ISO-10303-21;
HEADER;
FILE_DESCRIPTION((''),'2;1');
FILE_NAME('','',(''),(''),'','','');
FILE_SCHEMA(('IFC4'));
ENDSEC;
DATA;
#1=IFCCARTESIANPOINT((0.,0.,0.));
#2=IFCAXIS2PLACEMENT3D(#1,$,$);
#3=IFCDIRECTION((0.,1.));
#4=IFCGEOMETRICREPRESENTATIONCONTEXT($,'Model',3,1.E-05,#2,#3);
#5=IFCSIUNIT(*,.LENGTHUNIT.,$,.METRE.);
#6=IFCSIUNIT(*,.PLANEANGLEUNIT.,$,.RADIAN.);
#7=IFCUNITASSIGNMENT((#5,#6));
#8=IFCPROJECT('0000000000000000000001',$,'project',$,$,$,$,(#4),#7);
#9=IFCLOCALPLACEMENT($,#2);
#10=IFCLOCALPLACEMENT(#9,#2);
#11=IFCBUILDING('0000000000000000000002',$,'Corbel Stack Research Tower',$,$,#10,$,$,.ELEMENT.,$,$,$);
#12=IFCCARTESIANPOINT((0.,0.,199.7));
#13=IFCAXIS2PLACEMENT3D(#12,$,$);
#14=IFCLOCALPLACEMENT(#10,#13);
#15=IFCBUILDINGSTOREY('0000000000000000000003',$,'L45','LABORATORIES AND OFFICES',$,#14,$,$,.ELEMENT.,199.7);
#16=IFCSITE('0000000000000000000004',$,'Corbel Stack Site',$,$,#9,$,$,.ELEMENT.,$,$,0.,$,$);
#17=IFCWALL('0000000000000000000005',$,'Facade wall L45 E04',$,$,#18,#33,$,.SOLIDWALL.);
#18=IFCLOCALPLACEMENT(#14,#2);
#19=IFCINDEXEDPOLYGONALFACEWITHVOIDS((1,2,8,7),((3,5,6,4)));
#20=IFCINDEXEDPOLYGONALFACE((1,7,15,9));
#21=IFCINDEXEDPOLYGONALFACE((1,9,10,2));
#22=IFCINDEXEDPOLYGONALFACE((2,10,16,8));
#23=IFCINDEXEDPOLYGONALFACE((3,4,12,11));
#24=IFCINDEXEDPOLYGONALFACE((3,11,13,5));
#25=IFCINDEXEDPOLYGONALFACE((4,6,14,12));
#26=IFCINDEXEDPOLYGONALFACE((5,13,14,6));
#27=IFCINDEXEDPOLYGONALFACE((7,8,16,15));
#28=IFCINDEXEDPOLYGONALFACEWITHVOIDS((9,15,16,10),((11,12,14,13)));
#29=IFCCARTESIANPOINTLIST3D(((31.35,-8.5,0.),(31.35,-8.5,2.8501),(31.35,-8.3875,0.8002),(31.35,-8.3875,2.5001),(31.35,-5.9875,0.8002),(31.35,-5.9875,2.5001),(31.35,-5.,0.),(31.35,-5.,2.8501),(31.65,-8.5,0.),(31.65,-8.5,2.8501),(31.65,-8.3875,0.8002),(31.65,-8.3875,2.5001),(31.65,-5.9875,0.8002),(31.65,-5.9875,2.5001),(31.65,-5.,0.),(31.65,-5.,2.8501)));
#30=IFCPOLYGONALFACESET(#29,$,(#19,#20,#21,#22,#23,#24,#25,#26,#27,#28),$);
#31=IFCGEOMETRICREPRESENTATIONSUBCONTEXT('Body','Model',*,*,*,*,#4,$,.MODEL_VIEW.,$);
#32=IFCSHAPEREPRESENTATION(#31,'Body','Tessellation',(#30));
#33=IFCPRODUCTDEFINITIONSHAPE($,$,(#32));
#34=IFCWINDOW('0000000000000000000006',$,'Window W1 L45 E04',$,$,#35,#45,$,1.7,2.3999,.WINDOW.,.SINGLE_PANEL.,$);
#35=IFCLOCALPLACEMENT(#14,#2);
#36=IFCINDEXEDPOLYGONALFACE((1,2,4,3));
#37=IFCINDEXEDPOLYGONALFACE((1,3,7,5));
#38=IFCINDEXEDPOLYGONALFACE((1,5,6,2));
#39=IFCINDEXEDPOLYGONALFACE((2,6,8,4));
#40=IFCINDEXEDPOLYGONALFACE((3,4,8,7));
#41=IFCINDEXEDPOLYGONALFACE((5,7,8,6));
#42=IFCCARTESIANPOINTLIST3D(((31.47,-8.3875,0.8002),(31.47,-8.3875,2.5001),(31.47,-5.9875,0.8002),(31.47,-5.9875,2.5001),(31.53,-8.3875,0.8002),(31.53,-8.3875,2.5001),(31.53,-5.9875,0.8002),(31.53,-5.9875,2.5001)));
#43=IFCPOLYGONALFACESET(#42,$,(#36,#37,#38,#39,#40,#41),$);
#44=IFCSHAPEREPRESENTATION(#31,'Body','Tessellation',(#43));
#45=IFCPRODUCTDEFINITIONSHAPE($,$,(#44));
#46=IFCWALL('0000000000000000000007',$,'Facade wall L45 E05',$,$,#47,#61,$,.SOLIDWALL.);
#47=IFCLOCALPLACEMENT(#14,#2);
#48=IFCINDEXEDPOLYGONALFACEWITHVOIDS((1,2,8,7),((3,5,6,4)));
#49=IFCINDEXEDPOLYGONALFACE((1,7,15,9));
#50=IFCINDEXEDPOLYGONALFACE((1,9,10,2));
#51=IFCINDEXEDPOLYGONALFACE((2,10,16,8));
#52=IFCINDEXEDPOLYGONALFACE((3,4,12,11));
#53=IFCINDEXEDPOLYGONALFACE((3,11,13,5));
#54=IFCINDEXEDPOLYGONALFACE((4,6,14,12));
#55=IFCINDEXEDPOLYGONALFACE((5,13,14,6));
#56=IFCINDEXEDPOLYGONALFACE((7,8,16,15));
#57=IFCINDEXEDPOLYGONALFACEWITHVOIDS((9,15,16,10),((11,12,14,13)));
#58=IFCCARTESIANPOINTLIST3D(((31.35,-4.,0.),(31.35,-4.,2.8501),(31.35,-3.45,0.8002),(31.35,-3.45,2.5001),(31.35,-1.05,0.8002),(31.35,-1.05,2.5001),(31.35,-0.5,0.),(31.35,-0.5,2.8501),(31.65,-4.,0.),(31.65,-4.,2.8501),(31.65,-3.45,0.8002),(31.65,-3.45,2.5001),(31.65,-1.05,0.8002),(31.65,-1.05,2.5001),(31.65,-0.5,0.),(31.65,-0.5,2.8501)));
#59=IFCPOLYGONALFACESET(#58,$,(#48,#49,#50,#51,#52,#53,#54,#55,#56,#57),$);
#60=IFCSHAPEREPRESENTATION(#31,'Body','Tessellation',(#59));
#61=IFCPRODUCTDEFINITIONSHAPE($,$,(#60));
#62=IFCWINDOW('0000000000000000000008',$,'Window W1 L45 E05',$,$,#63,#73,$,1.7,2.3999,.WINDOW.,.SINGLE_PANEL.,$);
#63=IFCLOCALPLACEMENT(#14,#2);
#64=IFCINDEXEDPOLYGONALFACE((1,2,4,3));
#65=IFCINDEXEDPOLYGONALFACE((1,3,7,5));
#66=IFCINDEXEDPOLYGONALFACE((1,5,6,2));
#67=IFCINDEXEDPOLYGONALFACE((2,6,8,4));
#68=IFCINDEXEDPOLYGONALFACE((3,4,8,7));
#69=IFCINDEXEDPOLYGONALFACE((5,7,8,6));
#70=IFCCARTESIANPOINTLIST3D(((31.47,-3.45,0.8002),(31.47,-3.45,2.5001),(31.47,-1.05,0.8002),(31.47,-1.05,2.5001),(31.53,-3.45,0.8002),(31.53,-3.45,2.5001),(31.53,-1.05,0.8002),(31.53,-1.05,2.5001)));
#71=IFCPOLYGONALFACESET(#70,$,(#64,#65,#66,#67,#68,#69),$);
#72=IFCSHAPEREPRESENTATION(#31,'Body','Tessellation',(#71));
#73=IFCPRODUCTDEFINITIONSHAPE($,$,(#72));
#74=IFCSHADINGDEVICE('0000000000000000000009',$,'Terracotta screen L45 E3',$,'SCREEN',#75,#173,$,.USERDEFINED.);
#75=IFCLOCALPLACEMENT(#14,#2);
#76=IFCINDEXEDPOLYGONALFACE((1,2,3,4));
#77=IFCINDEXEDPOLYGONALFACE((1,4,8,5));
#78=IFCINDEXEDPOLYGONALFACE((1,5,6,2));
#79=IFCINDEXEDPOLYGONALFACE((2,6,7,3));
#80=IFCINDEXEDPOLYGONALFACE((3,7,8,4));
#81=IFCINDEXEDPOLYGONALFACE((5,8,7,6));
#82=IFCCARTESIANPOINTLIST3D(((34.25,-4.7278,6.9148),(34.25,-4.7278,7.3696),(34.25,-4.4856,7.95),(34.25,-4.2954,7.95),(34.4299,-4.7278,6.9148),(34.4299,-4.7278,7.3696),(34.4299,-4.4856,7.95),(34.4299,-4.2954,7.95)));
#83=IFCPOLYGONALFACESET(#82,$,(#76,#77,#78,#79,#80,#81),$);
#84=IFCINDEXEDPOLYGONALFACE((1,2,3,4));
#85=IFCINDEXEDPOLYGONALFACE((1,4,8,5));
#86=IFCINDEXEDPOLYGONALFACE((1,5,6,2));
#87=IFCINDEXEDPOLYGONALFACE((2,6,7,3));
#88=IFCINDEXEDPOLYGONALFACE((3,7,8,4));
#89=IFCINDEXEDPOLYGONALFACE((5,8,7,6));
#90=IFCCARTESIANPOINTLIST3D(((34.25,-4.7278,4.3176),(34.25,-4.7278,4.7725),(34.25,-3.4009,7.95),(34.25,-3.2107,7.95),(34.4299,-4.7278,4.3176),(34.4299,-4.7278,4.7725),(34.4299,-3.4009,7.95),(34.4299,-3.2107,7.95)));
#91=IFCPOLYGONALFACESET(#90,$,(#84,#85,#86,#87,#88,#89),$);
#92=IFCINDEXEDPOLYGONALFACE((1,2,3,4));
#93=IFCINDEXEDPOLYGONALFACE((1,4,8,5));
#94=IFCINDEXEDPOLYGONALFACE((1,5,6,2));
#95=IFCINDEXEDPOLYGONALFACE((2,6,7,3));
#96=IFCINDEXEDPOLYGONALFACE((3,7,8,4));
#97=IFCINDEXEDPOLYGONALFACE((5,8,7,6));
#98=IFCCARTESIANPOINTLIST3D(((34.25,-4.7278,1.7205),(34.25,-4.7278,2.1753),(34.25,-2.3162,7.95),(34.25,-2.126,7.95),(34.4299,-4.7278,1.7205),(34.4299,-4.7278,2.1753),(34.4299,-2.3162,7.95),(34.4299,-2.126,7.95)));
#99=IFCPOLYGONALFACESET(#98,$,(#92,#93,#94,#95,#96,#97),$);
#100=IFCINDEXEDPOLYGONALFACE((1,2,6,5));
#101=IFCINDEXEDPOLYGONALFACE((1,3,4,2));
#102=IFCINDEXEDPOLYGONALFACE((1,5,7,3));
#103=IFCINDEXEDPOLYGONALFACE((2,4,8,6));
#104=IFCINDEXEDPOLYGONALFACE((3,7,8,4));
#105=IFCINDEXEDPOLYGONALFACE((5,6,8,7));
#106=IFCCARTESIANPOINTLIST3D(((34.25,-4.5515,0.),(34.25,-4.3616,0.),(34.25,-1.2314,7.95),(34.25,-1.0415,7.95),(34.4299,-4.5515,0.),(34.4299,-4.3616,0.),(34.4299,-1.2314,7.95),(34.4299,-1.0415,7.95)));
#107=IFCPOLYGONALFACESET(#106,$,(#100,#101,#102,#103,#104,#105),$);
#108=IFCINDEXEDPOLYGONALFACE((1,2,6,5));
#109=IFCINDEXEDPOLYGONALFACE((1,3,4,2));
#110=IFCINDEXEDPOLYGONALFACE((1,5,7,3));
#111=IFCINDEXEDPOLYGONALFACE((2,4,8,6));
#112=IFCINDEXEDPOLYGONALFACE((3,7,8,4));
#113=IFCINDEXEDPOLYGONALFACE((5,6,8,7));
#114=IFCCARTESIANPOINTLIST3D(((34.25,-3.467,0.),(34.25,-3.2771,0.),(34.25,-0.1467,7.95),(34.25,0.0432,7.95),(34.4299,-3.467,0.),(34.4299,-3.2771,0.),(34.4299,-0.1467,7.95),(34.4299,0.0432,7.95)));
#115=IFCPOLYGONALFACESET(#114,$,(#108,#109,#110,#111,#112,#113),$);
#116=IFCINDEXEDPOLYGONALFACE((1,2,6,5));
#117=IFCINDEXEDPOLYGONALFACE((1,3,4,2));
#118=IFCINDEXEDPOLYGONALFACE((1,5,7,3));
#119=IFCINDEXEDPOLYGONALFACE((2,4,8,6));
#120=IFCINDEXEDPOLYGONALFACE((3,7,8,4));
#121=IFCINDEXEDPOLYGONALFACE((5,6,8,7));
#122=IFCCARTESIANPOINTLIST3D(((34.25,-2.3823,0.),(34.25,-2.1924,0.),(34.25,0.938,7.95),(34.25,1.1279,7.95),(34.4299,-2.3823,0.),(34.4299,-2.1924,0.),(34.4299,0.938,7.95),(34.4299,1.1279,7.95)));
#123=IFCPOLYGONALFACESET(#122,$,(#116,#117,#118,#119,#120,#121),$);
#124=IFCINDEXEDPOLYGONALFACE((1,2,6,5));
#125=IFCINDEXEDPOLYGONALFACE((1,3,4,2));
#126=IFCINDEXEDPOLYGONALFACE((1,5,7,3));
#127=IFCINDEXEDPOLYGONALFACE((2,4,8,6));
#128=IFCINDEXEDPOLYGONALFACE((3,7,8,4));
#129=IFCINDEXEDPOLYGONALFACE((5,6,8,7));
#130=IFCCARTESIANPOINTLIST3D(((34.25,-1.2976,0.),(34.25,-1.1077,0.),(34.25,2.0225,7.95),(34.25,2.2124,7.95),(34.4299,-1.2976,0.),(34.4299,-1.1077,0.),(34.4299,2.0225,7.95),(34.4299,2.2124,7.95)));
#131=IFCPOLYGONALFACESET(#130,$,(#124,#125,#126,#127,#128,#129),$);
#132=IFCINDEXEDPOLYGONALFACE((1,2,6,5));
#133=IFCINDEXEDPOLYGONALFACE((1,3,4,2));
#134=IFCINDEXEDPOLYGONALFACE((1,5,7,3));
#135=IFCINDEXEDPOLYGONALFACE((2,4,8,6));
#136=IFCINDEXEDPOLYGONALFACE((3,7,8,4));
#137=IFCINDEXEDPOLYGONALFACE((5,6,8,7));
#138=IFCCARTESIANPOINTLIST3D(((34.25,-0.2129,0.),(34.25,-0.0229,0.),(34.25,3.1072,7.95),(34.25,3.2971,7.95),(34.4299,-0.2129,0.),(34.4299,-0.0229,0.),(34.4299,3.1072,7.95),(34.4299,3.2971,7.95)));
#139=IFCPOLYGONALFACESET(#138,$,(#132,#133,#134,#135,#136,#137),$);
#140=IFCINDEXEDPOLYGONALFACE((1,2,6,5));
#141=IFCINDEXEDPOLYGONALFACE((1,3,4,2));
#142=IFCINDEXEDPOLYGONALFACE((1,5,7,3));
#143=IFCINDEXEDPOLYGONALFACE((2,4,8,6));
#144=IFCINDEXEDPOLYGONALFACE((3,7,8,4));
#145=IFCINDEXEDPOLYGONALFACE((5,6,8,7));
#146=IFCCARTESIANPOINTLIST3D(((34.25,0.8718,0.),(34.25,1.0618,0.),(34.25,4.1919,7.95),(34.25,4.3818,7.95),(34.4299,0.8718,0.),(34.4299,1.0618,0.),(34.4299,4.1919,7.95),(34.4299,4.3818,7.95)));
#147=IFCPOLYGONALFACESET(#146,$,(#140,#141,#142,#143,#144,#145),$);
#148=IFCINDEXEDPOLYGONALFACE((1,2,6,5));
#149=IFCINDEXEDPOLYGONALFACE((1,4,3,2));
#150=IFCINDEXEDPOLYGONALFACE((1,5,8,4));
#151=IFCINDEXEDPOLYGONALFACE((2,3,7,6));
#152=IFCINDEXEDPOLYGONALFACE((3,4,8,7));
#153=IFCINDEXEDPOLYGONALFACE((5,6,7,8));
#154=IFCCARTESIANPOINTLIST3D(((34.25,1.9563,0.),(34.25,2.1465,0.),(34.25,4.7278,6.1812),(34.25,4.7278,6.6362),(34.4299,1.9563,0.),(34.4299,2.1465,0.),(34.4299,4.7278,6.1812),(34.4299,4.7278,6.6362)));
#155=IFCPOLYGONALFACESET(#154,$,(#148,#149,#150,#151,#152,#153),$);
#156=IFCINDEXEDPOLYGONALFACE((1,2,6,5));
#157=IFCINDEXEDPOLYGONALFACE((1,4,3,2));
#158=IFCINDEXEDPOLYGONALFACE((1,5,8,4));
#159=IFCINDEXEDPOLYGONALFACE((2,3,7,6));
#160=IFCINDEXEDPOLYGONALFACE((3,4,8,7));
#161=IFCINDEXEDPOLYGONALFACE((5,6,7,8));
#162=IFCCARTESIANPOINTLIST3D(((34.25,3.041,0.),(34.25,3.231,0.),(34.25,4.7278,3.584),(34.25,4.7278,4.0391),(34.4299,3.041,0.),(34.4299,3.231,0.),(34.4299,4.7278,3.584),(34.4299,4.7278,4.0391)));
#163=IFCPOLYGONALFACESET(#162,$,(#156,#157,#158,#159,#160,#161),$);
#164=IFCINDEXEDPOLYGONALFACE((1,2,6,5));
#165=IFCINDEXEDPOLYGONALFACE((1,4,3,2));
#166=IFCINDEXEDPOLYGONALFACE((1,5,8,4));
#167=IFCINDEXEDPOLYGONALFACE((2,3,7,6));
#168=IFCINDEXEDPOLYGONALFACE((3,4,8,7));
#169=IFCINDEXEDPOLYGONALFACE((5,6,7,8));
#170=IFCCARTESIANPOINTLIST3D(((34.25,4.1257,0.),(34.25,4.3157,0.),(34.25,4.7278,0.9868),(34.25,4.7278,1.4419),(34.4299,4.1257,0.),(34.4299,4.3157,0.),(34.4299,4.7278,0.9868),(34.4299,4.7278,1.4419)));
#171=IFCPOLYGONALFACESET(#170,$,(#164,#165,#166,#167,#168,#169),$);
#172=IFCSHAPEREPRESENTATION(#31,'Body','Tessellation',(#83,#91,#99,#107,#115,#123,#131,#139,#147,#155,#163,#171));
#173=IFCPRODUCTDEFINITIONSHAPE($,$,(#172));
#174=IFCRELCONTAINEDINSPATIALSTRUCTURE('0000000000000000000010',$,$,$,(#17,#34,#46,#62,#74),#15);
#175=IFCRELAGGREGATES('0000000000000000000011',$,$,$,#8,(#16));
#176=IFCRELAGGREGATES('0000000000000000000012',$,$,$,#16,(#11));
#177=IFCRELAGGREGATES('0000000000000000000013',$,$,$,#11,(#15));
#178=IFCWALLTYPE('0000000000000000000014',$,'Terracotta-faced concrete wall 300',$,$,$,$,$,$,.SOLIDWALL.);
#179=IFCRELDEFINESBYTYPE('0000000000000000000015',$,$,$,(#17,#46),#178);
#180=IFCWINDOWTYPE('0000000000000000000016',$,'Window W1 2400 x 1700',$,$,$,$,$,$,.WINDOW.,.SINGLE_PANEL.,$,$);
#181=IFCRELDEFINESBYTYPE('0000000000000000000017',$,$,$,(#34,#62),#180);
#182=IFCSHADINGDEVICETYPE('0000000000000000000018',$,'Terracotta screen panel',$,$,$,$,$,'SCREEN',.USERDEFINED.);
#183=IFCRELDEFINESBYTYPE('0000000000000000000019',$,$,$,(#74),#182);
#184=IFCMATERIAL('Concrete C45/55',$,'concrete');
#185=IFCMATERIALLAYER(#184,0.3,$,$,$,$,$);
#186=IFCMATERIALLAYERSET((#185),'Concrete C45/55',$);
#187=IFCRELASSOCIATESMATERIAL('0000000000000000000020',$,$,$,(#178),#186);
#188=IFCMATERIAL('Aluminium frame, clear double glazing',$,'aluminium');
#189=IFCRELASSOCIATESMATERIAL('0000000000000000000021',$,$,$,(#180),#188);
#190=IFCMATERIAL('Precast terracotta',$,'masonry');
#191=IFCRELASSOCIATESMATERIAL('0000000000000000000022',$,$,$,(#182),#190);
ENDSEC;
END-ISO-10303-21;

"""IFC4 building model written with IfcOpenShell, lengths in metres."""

from ifc_helpers import new_model, si_unit, direction, frame, frame_2d, origin, place, context, subcontext, project, spatial, polyline, rectangle, outline, extrude, source, transform, mapped, material, layer, layer_set, type_object, element, fill, save


model = new_model("IFC4")

# Units and contexts
model_context = context("Model", 3, precision=1e-05, world=origin(), true_north=direction((0.0, 1.0)))
body_context = subcontext(model_context, "Body", "Model", "MODEL_VIEW")
ifc_project = project(units=[si_unit("LENGTHUNIT", "METRE"), si_unit("PLANEANGLEUNIT", "RADIAN")], contexts=[model_context])

# Site, building, storey
site_placement = place(None, origin())
site = spatial("IfcSite", under=ifc_project, at=site_placement, Name="Corbel Stack Site", CompositionType="ELEMENT", RefElevation=0.0)
building_placement = place(site_placement, origin())
building = spatial("IfcBuilding", under=site, at=building_placement, Name="Corbel Stack Research Tower", CompositionType="ELEMENT")
storey_placement = place(building_placement, frame((0.0, 0.0, 199.7)))
storey = spatial("IfcBuildingStorey", under=building, at=storey_placement, Name="L45", Description="LABORATORIES AND OFFICES", CompositionType="ELEMENT", Elevation=199.7)

# Shared definitions
ifc_material_1 = material(Name="Concrete C45/55", Category="concrete")
ifc_layer_1 = layer(ifc_material_1, 0.3)
ifc_layer_set_1 = layer_set([ifc_layer_1], Name="Concrete C45/55")
wall_type_1 = type_object("IfcWallType", Name="Terracotta-faced concrete wall 300", PredefinedType="SOLIDWALL", material=ifc_layer_set_1)

# Walls, openings, windows
ifc_material_2 = material(Name="Aluminium frame, clear double glazing", Category="aluminium")
window_type = type_object("IfcWindowType", Name="Window W1 2400 x 1700", PartitioningType="SINGLE_PANEL", PredefinedType="WINDOW", material=ifc_material_2)
wall_1_placement = place(storey_placement, frame((31.5, -5.0, 0.0), z_axis=(0.0, 0.0, 1.0), x_axis=(0.0, -1.0, 0.0)))
wall_1 = element("IfcWall", 1, at=wall_1_placement, inside=storey, type_object=wall_type_1, Name="Facade wall L45 E04", PredefinedType="SOLIDWALL", context=body_context, shape_type="SweptSolid", body=[
    extrude(rectangle(XDim=3.5, YDim=0.3, at=frame_2d((1.75, 0.0))), origin(), (0.0, 0.0, 1.0), 2.8501),
])
opening_1_placement = place(wall_1_placement, frame((0.9875, 0.0, 0.8)))
opening_1 = element("IfcOpeningElement", 2, at=opening_1_placement, cuts=wall_1, PredefinedType="OPENING", context=body_context, shape_type="SweptSolid", body=[
    extrude(rectangle(XDim=2.3999, YDim=1.7, at=frame_2d((1.2, 0.8501))), frame((0.0, 0.1599, 0.0), z_axis=(0.0, -1.0, 0.0), x_axis=(1.0, 0.0, 0.0)), (0.0, 0.0, 1.0), 0.3201),
])
window_1_placement = place(opening_1_placement, origin())
window_1 = element("IfcWindow", 3, at=window_1_placement, inside=storey, type_object=window_type, Name="Window W1 L45 E04", OverallHeight=1.7, OverallWidth=2.3999, PartitioningType="SINGLE_PANEL", PredefinedType="WINDOW", context=body_context, shape_type="SweptSolid", body=[
    extrude(rectangle(XDim=2.3999, YDim=1.7, at=frame_2d((1.2, 0.8501))), frame((0.0, 0.03, 0.0), z_axis=(0.0, -1.0, 0.0), x_axis=(1.0, 0.0, 0.0)), (0.0, 0.0, 1.0), 0.0601),
])
fill(opening_1, window_1)
wall_2_placement = place(storey_placement, frame((31.5, -0.5, 0.0), z_axis=(0.0, 0.0, 1.0), x_axis=(0.0, -1.0, 0.0)))
wall_2 = element("IfcWall", 4, at=wall_2_placement, inside=storey, type_object=wall_type_1, Name="Facade wall L45 E05", PredefinedType="SOLIDWALL", context=body_context, shape_type="SweptSolid", body=[
    extrude(rectangle(XDim=3.5, YDim=0.3, at=frame_2d((1.75, 0.0))), origin(), (0.0, 0.0, 1.0), 2.8501),
])
opening_2_placement = place(wall_2_placement, frame((0.55, 0.0, 0.8)))
opening_2 = element("IfcOpeningElement", 5, at=opening_2_placement, cuts=wall_2, PredefinedType="OPENING", context=body_context, shape_type="SweptSolid", body=[
    extrude(rectangle(XDim=2.3999, YDim=1.7, at=frame_2d((1.2, 0.8501))), frame((0.0, 0.1599, 0.0), z_axis=(0.0, -1.0, 0.0), x_axis=(1.0, 0.0, 0.0)), (0.0, 0.0, 1.0), 0.3201),
])
window_2_placement = place(opening_2_placement, origin())
window_2 = element("IfcWindow", 6, at=window_2_placement, inside=storey, type_object=window_type, Name="Window W1 L45 E05", OverallHeight=1.7, OverallWidth=2.3999, PartitioningType="SINGLE_PANEL", PredefinedType="WINDOW", context=body_context, shape_type="SweptSolid", body=[
    extrude(rectangle(XDim=2.3999, YDim=1.7, at=frame_2d((1.2, 0.8501))), frame((0.0, 0.03, 0.0), z_axis=(0.0, -1.0, 0.0), x_axis=(1.0, 0.0, 0.0)), (0.0, 0.0, 1.0), 0.0601),
])
fill(opening_2, window_2)

# Shading device
ifc_material_3 = material(Name="Precast terracotta", Category="masonry")
shading_device_type = type_object("IfcShadingDeviceType", Name="Terracotta screen panel", ElementType="SCREEN", PredefinedType="USERDEFINED", material=ifc_material_3)
shared_shape_1 = source(origin(), body_context, "Body", "SweptSolid", [
    extrude(outline(polyline([(0.4324, 7.95), (0.2422, 7.95), (0.0, 7.3696), (0.0, 6.9148), (0.4324, 7.95)])), frame((0.0, 0.0, 0.0), z_axis=(0.0, -1.0, 0.0), x_axis=(1.0, 0.0, 0.0)), (0.0, 0.0, 1.0), 0.1799),
    extrude(outline(polyline([(1.5171, 7.95), (1.3269, 7.95), (0.0, 4.7725), (0.0, 4.3176), (1.5171, 7.95)])), frame((0.0, 0.0, 0.0), z_axis=(0.0, -1.0, 0.0), x_axis=(1.0, 0.0, 0.0)), (0.0, 0.0, 1.0), 0.1799),
    extrude(outline(polyline([(2.6018, 7.95), (2.4116, 7.95), (0.0, 2.1753), (0.0, 1.7205), (2.6018, 7.95)])), frame((0.0, 0.0, 0.0), z_axis=(0.0, -1.0, 0.0), x_axis=(1.0, 0.0, 0.0)), (0.0, 0.0, 1.0), 0.1799),
    extrude(outline(polyline([(0.3662, 0.0), (3.6863, 7.95), (3.4963, 7.95), (0.1763, 0.0), (0.3662, 0.0)])), frame((0.0, 0.0, 0.0), z_axis=(0.0, -1.0, 0.0), x_axis=(1.0, 0.0, 0.0)), (0.0, 0.0, 1.0), 0.1799),
    extrude(outline(polyline([(1.4507, 0.0), (4.771, 7.95), (4.5811, 7.95), (1.2607, 0.0), (1.4507, 0.0)])), frame((0.0, 0.0, 0.0), z_axis=(0.0, -1.0, 0.0), x_axis=(1.0, 0.0, 0.0)), (0.0, 0.0, 1.0), 0.1799),
    extrude(outline(polyline([(2.5354, 0.0), (5.8557, 7.95), (5.6658, 7.95), (2.3455, 0.0), (2.5354, 0.0)])), frame((0.0, 0.0, 0.0), z_axis=(0.0, -1.0, 0.0), x_axis=(1.0, 0.0, 0.0)), (0.0, 0.0, 1.0), 0.1799),
    extrude(outline(polyline([(3.6201, 0.0), (6.9402, 7.95), (6.7502, 7.95), (3.4302, 0.0), (3.6201, 0.0)])), frame((0.0, 0.0, 0.0), z_axis=(0.0, -1.0, 0.0), x_axis=(1.0, 0.0, 0.0)), (0.0, 0.0, 1.0), 0.1799),
    extrude(outline(polyline([(4.7048, 0.0), (8.0249, 7.95), (7.835, 7.95), (4.5149, 0.0), (4.7048, 0.0)])), frame((0.0, 0.0, 0.0), z_axis=(0.0, -1.0, 0.0), x_axis=(1.0, 0.0, 0.0)), (0.0, 0.0, 1.0), 0.1799),
    extrude(outline(polyline([(5.7896, 0.0), (9.1096, 7.95), (8.9197, 7.95), (5.5996, 0.0), (5.7896, 0.0)])), frame((0.0, 0.0, 0.0), z_axis=(0.0, -1.0, 0.0), x_axis=(1.0, 0.0, 0.0)), (0.0, 0.0, 1.0), 0.1799),
    extrude(outline(polyline([(6.8743, 0.0), (9.4556, 6.1812), (9.4556, 6.6362), (6.6841, 0.0), (6.8743, 0.0)])), frame((0.0, 0.0, 0.0), z_axis=(0.0, -1.0, 0.0), x_axis=(1.0, 0.0, 0.0)), (0.0, 0.0, 1.0), 0.1799),
    extrude(outline(polyline([(7.9587, 0.0), (9.4556, 3.584), (9.4556, 4.0391), (7.7688, 0.0), (7.9587, 0.0)])), frame((0.0, 0.0, 0.0), z_axis=(0.0, -1.0, 0.0), x_axis=(1.0, 0.0, 0.0)), (0.0, 0.0, 1.0), 0.1799),
    extrude(outline(polyline([(9.0435, 0.0), (9.4556, 0.9868), (9.4556, 1.4419), (8.8535, 0.0), (9.0435, 0.0)])), frame((0.0, 0.0, 0.0), z_axis=(0.0, -1.0, 0.0), x_axis=(1.0, 0.0, 0.0)), (0.0, 0.0, 1.0), 0.1799),
])
shading_device_1_placement = place(storey_placement, frame((34.25, -4.7278, 0.0), z_axis=(0.0, 0.0, 1.0), x_axis=(0.0, 1.0, 0.0)))
element("IfcShadingDevice", 7, at=shading_device_1_placement, inside=storey, type_object=shading_device_type, Name="Terracotta screen L45 E3", ObjectType="SCREEN", PredefinedType="USERDEFINED", context=body_context, shape_type="MappedRepresentation", body=[
    mapped(shared_shape_1, transform((0.0, 0.0, 0.0))),
])

save(model, "model.ifc")
